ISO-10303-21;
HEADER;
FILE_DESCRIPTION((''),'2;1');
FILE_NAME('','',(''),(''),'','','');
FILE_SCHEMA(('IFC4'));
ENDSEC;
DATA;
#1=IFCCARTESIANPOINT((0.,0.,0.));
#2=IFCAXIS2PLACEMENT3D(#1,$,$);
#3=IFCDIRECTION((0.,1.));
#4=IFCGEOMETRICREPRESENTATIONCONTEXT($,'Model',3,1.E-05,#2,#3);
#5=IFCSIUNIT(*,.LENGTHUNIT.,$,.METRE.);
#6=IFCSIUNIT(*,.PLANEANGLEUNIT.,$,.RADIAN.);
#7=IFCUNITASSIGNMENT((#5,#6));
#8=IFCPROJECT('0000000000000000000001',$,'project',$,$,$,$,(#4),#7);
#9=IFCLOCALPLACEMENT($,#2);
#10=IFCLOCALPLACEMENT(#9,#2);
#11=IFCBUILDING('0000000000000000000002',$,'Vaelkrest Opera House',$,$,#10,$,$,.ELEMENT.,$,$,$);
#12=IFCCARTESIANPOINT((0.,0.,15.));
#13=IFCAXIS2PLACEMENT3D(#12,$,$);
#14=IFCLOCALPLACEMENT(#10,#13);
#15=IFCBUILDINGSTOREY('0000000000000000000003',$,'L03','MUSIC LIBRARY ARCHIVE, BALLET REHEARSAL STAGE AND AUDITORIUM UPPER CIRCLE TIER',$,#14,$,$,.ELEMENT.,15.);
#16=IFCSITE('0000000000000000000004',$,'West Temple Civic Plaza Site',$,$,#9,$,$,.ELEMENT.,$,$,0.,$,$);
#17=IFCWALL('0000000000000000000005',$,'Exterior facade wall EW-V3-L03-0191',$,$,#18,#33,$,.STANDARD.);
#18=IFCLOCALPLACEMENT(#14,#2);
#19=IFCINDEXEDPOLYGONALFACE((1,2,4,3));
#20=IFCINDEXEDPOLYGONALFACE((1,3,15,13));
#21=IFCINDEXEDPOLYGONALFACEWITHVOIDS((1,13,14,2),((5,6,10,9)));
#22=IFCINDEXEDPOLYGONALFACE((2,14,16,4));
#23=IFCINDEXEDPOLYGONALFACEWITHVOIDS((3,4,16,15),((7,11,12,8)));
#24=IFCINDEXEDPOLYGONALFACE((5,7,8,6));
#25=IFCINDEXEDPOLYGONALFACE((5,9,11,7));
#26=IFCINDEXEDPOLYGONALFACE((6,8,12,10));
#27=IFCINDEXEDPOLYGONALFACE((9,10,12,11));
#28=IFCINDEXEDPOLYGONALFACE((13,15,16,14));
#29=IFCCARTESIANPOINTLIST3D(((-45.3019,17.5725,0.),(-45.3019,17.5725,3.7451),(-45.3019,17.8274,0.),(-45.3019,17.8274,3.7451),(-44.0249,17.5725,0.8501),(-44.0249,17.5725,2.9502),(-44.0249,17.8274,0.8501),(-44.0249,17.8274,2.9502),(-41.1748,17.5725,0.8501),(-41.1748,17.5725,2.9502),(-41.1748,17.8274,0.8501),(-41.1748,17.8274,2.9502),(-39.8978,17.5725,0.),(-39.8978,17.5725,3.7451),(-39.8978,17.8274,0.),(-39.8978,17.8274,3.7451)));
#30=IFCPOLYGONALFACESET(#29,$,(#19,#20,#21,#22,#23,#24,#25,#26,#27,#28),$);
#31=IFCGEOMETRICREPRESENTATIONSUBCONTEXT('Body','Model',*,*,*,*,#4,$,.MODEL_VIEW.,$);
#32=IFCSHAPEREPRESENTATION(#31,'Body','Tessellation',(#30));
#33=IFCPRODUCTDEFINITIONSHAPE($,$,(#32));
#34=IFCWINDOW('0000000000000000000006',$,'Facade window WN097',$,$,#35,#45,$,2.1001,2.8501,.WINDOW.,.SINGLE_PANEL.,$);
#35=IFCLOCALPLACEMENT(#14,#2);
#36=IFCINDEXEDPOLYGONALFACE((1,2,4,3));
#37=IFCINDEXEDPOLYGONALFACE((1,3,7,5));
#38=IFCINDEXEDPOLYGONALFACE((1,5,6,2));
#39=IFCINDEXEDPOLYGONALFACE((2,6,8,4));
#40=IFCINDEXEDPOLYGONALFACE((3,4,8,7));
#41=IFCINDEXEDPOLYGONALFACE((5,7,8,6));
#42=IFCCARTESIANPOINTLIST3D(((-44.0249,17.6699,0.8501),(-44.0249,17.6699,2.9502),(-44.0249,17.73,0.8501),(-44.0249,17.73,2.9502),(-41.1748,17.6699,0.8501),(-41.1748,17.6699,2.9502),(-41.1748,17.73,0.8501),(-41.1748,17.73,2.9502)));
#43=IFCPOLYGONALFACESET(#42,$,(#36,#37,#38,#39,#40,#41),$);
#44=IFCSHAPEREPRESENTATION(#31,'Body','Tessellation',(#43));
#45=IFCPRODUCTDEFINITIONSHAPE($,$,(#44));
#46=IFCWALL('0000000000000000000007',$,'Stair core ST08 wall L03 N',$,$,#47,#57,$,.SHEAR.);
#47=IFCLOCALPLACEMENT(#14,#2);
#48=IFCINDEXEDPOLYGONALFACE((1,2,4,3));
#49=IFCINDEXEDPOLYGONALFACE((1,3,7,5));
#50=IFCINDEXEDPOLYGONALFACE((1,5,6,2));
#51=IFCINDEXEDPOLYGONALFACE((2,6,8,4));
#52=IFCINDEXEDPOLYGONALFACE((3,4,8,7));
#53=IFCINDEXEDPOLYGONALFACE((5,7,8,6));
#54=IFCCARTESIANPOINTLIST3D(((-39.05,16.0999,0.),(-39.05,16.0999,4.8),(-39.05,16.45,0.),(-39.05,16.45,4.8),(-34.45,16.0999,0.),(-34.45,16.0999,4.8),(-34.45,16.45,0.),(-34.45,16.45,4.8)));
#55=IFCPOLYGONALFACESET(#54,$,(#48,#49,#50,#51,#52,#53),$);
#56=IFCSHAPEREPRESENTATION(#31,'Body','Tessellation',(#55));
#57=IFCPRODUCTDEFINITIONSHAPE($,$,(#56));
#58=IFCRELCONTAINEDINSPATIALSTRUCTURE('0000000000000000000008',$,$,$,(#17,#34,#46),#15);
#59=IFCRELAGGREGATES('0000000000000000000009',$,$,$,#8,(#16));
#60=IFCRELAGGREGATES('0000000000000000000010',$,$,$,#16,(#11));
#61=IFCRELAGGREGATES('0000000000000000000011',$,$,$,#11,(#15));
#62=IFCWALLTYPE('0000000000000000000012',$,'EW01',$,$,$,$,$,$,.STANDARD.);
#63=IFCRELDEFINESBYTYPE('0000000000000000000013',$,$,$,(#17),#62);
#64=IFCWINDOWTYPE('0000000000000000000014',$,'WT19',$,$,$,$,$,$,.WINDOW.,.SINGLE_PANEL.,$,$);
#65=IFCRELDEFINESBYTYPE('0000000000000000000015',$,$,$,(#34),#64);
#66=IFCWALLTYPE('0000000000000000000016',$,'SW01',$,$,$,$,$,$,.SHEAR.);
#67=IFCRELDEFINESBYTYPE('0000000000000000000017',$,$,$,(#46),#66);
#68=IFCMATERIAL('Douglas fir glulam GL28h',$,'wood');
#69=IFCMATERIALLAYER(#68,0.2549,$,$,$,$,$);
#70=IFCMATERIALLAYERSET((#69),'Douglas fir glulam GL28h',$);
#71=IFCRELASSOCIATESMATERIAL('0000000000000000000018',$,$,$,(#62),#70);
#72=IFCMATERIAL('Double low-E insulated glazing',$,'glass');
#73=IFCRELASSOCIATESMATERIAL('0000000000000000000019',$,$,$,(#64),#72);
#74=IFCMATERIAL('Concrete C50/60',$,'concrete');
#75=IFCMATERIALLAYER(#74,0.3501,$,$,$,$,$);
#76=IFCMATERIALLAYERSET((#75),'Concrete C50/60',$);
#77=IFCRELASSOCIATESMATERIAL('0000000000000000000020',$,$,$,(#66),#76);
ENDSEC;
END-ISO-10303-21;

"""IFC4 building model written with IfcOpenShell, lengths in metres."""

from ifc_helpers import new_model, si_unit, direction, frame, frame_2d, origin, place, context, subcontext, project, spatial, rectangle, extrude, material, layer, layer_set, type_object, element, fill, save


model = new_model("IFC4")

# Units and contexts
model_context = context("Model", 3, precision=1e-05, world=origin(), true_north=direction((0.0, 1.0)))
body_context = subcontext(model_context, "Body", "Model", "MODEL_VIEW")
ifc_project = project(units=[si_unit("LENGTHUNIT", "METRE"), si_unit("PLANEANGLEUNIT", "RADIAN")], contexts=[model_context])

# Site, building, storey
site_placement = place(None, origin())
site = spatial("IfcSite", under=ifc_project, at=site_placement, Name="West Temple Civic Plaza Site", CompositionType="ELEMENT", RefElevation=0.0)
building_placement = place(site_placement, origin())
building = spatial("IfcBuilding", under=site, at=building_placement, Name="Vaelkrest Opera House", CompositionType="ELEMENT")
storey_placement = place(building_placement, frame((0.0, 0.0, 15.0)))
storey = spatial("IfcBuildingStorey", under=building, at=storey_placement, Name="L03", Description="MUSIC LIBRARY ARCHIVE, BALLET REHEARSAL STAGE AND AUDITORIUM UPPER CIRCLE TIER", CompositionType="ELEMENT", Elevation=15.0)

# Shared definitions
ifc_material_1 = material(Name="Concrete C50/60", Category="concrete")

# Wall, opening, window
ifc_material_2 = material(Name="Douglas fir glulam GL28h", Category="wood")
ifc_layer_1 = layer(ifc_material_2, 0.2549)
ifc_layer_set_1 = layer_set([ifc_layer_1], Name="Douglas fir glulam GL28h")
wall_type_1 = type_object("IfcWallType", Name="EW01", PredefinedType="STANDARD", material=ifc_layer_set_1)
wall_1_placement = place(storey_placement, frame((-45.302, 17.7, 0.0), z_axis=(0.0, 0.0, 1.0), x_axis=(1.0, 0.0, 0.0)))
wall_1 = element("IfcWall", 1, at=wall_1_placement, inside=storey, type_object=wall_type_1, Name="Exterior facade wall EW-V3-L03-0191", PredefinedType="STANDARD", context=body_context, shape_type="SweptSolid", body=[
    extrude(rectangle(XDim=5.4041, YDim=0.2549, at=frame_2d((2.7021, 0.0))), origin(), (0.0, 0.0, 1.0), 3.7451),
])
opening_placement = place(wall_1_placement, frame((1.2771, 0.0, 0.8501)))
opening = element("IfcOpeningElement", 2, at=opening_placement, cuts=wall_1, PredefinedType="OPENING", context=body_context, shape_type="SweptSolid", body=[
    extrude(rectangle(XDim=2.8501, YDim=2.1001, at=frame_2d((1.425, 1.05))), frame((0.0, 0.1375, 0.0), z_axis=(0.0, -1.0, 0.0), x_axis=(1.0, 0.0, 0.0)), (0.0, 0.0, 1.0), 0.2749),
])
ifc_material_3 = material(Name="Double low-E insulated glazing", Category="glass")
window_type = type_object("IfcWindowType", Name="WT19", PartitioningType="SINGLE_PANEL", PredefinedType="WINDOW", material=ifc_material_3)
window_placement = place(opening_placement, origin())
window = element("IfcWindow", 3, at=window_placement, inside=storey, type_object=window_type, Name="Facade window WN097", OverallHeight=2.1001, OverallWidth=2.8501, PartitioningType="SINGLE_PANEL", PredefinedType="WINDOW", context=body_context, shape_type="SweptSolid", body=[
    extrude(rectangle(XDim=2.8501, YDim=2.1001, at=frame_2d((1.425, 1.05))), frame((0.0, 0.03, 0.0), z_axis=(0.0, -1.0, 0.0), x_axis=(1.0, 0.0, 0.0)), (0.0, 0.0, 1.0), 0.0601),
])
fill(opening, window)

# Wall
ifc_layer_2 = layer(ifc_material_1, 0.3501)
ifc_layer_set_2 = layer_set([ifc_layer_2], Name="Concrete C50/60")
wall_type_2 = type_object("IfcWallType", Name="SW01", PredefinedType="SHEAR", material=ifc_layer_set_2)
wall_2_placement = place(storey_placement, frame((-39.05, 16.2749, 0.0), z_axis=(0.0, 0.0, 1.0), x_axis=(1.0, 0.0, 0.0)))
element("IfcWall", 4, at=wall_2_placement, inside=storey, type_object=wall_type_2, Name="Stair core ST08 wall L03 N", PredefinedType="SHEAR", context=body_context, shape_type="SweptSolid", body=[
    extrude(rectangle(XDim=4.6001, YDim=0.3501, at=frame_2d((2.3, 0.0))), origin(), (0.0, 0.0, 1.0), 4.8),
])

save(model, "model.ifc")
